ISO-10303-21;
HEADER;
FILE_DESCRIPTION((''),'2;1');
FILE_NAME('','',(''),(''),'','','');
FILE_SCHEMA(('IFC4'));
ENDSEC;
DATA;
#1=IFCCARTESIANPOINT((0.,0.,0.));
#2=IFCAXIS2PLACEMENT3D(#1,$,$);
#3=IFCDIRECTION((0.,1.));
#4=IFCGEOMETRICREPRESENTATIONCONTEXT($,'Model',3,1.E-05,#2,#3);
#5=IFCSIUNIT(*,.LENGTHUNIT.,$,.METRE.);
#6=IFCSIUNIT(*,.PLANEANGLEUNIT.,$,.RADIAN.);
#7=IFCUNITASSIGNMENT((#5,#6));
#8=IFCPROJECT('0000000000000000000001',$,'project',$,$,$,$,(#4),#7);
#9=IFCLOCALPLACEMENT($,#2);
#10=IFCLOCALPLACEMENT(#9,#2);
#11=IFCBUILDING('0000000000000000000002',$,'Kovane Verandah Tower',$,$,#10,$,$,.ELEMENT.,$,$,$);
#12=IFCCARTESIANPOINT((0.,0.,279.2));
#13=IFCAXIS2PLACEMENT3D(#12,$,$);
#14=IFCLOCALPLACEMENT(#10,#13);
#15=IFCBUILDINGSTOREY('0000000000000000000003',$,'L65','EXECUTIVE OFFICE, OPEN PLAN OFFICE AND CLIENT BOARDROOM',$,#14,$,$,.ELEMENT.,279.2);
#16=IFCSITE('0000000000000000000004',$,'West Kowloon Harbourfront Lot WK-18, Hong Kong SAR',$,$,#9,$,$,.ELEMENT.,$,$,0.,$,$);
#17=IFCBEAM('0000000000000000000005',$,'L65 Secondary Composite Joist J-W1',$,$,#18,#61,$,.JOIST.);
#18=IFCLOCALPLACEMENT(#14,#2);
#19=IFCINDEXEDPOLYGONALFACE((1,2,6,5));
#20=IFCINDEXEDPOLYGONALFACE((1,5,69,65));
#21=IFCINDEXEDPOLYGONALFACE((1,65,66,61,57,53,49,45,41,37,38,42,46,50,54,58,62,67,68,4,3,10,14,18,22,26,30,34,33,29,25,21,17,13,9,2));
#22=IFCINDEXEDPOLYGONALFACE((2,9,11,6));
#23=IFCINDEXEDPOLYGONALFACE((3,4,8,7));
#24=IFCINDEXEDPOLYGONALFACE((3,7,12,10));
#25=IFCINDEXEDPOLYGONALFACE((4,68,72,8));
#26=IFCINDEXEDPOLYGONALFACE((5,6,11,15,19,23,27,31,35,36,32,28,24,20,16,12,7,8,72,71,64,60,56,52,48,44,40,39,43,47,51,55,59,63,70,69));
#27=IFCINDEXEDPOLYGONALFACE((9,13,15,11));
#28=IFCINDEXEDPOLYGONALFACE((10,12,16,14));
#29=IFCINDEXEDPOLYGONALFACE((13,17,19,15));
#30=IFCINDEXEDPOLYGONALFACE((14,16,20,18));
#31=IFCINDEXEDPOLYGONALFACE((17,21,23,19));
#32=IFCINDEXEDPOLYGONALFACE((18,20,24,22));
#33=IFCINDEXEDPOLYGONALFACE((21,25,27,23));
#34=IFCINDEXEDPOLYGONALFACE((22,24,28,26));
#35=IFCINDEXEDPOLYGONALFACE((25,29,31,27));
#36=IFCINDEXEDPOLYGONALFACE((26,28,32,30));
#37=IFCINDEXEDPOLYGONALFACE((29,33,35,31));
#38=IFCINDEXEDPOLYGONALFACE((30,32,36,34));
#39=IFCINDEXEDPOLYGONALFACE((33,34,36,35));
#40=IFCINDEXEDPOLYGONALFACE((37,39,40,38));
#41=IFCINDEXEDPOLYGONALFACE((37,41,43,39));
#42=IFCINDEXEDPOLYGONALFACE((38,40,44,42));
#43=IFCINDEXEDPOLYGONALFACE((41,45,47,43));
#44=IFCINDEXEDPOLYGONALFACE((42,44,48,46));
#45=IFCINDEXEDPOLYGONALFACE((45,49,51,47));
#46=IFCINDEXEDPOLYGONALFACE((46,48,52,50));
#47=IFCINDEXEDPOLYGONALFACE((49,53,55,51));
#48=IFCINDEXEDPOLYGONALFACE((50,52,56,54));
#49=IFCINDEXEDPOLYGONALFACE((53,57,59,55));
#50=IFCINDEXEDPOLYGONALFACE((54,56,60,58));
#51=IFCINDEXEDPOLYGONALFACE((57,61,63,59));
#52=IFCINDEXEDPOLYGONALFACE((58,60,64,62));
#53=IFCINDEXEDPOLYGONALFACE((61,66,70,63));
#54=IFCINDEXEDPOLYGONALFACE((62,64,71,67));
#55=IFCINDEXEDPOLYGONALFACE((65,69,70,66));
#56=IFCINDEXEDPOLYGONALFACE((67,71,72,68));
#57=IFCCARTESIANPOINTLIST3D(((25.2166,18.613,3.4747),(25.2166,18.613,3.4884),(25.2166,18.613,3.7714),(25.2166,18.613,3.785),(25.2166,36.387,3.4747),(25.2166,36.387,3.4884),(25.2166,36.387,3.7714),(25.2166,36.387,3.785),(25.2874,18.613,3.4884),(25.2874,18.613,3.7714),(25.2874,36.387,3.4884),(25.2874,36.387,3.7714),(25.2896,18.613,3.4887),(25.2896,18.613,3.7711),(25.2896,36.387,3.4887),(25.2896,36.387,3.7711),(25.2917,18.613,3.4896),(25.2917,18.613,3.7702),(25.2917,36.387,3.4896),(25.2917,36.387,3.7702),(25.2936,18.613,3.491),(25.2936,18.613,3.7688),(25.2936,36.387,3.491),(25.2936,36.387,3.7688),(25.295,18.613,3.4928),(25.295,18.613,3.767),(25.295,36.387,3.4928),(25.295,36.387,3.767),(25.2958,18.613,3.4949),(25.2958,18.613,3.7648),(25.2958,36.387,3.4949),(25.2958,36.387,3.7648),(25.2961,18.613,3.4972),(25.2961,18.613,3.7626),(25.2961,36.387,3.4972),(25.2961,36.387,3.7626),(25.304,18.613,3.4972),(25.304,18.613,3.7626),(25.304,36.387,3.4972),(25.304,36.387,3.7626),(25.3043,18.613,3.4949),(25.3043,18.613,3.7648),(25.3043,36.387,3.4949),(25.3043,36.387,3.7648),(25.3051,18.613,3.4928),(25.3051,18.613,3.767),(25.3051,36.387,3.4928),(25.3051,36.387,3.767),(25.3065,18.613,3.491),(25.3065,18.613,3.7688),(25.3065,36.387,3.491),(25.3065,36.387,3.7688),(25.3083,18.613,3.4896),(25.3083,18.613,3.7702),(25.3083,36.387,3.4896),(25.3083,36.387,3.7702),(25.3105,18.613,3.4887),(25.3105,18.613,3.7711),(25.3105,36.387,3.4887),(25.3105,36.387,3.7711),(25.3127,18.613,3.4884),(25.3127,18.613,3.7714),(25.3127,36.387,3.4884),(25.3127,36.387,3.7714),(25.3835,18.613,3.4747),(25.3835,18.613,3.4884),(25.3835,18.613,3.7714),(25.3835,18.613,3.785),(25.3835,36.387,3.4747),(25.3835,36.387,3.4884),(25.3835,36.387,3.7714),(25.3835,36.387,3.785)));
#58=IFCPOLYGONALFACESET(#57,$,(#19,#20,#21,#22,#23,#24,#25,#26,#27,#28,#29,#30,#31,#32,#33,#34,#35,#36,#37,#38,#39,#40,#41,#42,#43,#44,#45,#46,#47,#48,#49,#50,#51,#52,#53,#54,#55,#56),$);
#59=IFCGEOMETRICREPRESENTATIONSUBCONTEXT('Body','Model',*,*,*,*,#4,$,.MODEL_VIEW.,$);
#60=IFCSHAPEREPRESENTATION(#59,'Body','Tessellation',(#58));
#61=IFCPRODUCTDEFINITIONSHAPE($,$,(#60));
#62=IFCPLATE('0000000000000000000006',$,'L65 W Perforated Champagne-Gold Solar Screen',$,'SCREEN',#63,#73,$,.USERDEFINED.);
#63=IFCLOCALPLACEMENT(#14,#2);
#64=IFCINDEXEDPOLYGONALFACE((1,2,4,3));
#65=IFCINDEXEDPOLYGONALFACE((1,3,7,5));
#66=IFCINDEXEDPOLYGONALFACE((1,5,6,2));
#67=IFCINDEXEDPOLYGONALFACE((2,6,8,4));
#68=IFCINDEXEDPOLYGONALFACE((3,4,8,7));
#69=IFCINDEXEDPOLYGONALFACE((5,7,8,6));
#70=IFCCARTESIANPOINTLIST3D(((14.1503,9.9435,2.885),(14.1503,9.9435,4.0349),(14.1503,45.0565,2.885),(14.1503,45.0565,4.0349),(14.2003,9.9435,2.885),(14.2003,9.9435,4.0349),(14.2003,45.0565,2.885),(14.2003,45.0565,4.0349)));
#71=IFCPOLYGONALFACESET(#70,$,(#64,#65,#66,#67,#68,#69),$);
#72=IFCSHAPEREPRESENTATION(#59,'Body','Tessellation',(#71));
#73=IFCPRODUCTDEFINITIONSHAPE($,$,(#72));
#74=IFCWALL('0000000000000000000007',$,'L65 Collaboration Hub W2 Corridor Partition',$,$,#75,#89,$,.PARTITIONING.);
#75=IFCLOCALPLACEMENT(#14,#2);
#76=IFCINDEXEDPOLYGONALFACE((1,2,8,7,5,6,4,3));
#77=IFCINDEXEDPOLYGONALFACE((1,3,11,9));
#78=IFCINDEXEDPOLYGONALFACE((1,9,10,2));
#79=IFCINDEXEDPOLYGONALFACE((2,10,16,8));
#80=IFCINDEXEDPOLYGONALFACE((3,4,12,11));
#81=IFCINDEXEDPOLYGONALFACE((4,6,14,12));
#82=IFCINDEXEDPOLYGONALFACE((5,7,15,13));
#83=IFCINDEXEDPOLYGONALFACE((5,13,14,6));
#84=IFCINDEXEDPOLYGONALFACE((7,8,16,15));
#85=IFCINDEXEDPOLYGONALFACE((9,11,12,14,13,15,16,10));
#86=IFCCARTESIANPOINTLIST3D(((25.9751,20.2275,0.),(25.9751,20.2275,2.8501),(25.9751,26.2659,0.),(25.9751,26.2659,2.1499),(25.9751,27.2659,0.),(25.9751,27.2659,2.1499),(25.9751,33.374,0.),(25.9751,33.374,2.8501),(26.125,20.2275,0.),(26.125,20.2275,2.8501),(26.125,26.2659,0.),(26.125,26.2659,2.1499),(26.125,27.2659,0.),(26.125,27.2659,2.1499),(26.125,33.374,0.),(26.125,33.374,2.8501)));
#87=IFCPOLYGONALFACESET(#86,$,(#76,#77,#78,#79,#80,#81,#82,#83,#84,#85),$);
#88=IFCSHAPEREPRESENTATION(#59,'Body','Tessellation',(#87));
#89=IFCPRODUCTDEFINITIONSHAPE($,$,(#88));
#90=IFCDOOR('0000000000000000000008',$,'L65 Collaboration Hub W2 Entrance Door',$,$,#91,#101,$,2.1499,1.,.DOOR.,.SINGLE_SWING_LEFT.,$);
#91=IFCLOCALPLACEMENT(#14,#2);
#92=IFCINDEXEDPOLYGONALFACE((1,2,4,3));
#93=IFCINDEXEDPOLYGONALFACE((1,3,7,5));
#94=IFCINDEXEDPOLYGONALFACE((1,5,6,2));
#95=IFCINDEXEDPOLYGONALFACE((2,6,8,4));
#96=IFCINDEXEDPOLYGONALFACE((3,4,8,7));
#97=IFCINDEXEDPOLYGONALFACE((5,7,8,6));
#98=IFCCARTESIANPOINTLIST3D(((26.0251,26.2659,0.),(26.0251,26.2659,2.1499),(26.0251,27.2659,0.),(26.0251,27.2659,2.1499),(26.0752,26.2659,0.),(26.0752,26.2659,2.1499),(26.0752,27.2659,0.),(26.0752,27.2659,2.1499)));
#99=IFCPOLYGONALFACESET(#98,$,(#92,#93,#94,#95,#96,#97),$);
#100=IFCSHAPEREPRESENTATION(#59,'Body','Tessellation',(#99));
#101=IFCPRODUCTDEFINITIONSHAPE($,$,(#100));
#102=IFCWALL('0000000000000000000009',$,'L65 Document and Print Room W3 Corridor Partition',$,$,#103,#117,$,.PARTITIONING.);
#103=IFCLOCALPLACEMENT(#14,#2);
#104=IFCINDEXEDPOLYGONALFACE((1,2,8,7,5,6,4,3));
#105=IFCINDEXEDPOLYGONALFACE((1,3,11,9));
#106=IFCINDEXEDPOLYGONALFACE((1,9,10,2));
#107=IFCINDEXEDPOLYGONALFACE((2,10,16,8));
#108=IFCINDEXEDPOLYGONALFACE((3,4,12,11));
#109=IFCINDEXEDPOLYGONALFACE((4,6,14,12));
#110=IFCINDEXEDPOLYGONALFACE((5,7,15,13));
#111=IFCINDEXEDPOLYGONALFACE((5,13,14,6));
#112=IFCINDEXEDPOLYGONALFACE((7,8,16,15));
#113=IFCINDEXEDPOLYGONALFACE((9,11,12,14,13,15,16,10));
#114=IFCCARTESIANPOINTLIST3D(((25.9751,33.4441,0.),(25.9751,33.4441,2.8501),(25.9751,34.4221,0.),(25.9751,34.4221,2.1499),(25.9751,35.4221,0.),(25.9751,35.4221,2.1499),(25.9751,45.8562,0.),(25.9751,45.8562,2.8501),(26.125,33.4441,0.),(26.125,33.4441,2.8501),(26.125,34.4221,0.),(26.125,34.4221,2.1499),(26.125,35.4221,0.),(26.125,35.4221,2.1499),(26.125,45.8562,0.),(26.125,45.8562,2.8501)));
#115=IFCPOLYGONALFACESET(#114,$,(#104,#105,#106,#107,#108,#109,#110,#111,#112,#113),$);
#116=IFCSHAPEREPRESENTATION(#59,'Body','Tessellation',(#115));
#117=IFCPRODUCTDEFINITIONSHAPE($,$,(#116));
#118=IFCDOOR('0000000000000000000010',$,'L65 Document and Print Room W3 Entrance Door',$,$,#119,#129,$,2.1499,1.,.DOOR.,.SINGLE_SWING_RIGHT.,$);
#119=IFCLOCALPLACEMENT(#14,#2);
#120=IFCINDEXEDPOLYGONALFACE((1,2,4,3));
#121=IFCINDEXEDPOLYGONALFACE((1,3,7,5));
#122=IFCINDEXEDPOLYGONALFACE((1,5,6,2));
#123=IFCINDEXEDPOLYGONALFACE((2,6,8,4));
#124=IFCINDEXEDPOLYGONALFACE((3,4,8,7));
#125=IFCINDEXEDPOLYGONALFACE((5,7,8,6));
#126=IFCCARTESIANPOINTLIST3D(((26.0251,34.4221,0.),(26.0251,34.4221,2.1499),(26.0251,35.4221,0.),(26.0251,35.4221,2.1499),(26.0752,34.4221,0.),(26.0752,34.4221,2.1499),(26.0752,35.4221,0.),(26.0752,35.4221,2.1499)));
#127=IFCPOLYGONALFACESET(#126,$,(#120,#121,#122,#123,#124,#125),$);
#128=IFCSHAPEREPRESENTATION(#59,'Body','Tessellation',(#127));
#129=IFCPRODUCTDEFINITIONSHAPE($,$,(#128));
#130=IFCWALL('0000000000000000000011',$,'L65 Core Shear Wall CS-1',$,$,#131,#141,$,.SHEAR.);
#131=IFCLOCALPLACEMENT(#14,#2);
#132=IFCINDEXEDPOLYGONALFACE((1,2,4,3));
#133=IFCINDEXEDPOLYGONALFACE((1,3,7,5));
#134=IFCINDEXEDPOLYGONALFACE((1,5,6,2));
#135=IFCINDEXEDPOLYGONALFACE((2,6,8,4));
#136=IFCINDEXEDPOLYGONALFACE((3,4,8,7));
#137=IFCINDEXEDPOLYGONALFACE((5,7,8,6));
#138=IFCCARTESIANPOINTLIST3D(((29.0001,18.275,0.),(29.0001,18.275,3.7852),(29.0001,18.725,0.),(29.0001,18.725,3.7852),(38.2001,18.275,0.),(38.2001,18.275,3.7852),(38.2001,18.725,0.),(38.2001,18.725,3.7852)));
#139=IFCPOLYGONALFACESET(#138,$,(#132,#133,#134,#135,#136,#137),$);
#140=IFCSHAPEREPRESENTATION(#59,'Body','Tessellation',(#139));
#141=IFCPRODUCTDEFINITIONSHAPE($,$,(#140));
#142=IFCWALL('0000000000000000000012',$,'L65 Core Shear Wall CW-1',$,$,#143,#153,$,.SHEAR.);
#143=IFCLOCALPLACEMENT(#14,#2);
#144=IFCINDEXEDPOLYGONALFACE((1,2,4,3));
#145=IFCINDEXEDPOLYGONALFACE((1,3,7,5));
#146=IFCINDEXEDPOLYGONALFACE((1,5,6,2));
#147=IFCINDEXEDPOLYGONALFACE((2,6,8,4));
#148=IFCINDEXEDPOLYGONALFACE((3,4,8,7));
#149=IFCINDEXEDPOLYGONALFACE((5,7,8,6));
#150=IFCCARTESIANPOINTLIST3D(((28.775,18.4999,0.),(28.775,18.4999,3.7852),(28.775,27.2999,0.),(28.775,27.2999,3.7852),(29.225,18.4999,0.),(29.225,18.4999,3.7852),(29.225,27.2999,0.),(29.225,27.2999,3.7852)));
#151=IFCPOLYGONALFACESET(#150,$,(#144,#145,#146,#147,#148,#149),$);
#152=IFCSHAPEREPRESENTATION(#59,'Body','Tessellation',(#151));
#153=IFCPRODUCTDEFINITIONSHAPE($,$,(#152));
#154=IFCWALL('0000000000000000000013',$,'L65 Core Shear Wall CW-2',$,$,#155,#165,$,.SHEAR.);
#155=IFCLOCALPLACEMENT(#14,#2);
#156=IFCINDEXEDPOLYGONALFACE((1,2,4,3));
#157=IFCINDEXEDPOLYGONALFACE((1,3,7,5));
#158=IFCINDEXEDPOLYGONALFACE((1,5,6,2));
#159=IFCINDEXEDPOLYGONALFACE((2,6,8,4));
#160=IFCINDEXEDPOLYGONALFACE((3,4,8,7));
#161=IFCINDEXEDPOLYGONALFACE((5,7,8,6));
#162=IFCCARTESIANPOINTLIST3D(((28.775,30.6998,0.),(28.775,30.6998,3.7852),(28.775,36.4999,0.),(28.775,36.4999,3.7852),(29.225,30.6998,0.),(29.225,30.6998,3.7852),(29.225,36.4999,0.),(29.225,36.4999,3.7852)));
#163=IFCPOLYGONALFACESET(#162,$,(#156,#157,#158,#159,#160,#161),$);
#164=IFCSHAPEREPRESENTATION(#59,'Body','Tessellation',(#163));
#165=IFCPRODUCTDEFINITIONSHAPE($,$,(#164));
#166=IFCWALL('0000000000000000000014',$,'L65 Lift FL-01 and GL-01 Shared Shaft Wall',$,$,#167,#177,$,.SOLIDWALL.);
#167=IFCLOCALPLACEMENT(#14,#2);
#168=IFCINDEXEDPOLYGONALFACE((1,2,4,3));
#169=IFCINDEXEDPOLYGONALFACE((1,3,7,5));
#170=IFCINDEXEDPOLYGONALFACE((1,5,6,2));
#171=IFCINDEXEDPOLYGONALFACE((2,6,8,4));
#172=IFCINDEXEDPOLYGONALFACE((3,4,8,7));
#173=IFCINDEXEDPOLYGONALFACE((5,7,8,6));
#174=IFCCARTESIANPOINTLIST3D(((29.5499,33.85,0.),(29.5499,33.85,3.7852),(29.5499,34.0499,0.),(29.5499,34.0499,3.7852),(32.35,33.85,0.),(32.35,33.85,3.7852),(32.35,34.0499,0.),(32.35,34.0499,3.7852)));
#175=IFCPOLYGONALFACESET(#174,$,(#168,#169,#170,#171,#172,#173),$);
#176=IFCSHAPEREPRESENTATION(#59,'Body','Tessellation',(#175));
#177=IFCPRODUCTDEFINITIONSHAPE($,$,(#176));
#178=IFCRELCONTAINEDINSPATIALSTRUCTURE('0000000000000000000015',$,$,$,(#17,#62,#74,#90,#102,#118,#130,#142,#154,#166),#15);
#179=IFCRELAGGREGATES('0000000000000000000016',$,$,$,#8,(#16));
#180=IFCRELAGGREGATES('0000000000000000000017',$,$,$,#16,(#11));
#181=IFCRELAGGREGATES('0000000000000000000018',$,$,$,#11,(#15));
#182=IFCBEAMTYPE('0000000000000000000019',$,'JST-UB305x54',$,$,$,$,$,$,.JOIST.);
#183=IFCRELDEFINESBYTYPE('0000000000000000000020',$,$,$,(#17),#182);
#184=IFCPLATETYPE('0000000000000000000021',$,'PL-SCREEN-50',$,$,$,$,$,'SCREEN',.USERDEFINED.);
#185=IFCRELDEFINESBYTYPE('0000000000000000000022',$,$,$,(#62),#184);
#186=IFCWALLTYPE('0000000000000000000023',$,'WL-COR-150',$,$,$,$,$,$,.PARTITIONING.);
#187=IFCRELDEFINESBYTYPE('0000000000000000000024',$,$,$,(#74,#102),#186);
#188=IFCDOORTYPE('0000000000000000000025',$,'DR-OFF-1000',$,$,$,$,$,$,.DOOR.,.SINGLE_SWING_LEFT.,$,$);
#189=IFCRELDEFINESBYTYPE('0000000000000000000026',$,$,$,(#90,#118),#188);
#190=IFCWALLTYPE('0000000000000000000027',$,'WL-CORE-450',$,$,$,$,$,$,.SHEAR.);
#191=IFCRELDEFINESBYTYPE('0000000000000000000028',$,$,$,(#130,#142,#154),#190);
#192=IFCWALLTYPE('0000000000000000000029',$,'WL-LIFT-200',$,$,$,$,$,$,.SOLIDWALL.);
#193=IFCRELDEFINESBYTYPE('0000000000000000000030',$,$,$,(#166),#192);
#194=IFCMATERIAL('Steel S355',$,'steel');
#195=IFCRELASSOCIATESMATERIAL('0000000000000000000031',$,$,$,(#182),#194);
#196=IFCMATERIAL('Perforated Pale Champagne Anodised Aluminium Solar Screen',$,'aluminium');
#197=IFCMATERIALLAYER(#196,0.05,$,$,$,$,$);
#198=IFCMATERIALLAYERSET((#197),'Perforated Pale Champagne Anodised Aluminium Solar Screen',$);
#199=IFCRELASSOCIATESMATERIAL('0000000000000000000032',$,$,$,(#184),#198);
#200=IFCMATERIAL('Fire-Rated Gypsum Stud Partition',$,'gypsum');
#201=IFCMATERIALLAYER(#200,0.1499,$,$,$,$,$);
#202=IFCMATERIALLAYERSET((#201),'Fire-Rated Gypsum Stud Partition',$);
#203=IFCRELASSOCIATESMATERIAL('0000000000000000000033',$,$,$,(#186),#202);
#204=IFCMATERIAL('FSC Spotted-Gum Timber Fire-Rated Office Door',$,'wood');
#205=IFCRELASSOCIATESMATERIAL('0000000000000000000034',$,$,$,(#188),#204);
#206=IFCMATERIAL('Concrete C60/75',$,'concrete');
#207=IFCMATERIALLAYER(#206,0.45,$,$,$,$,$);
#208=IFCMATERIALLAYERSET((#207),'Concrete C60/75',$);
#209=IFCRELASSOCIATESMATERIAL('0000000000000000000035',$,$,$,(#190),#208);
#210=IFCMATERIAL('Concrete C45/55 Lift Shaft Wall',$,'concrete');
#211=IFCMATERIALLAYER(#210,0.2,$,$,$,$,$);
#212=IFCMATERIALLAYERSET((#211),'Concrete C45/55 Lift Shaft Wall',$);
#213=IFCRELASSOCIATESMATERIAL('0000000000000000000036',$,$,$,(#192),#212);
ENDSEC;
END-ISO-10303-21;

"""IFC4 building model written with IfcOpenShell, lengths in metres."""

from ifc_helpers import new_model, si_unit, direction, frame, frame_2d, origin, origin_2d, place, context, subcontext, project, spatial, rectangle, i_section, extrude, material, layer, layer_set, material_profile, profile_set, type_object, element, fill, save


model = new_model("IFC4")

# Units and contexts
model_context = context("Model", 3, precision=1e-05, world=origin(), true_north=direction((0.0, 1.0)))
body_context = subcontext(model_context, "Body", "Model", "MODEL_VIEW")
ifc_project = project(units=[si_unit("LENGTHUNIT", "METRE"), si_unit("PLANEANGLEUNIT", "RADIAN")], contexts=[model_context])

# Site, building, storey
site_placement = place(None, origin())
site = spatial("IfcSite", under=ifc_project, at=site_placement, Name="West Kowloon Harbourfront Lot WK-18, Hong Kong SAR", CompositionType="ELEMENT", RefElevation=0.0)
building_placement = place(site_placement, origin())
building = spatial("IfcBuilding", under=site, at=building_placement, Name="Kovane Verandah Tower", CompositionType="ELEMENT")
storey_placement = place(building_placement, frame((0.0, 0.0, 279.2)))
storey = spatial("IfcBuildingStorey", under=building, at=storey_placement, Name="L65", Description="EXECUTIVE OFFICE, OPEN PLAN OFFICE AND CLIENT BOARDROOM", CompositionType="ELEMENT", Elevation=279.2)

# Beam
ifc_material_1 = material(Name="Concrete C60/75", Category="concrete")
ifc_material_2 = material(Name="Steel S355", Category="steel")
ifc_material_profile_1 = material_profile(ifc_material_2, i_section(OverallWidth=0.167, OverallDepth=0.3103, WebThickness=0.0078, FlangeThickness=0.0137, FilletRadius=0.0088, at=origin_2d()), Name="UB305x165x54")
ifc_profile_set_1 = profile_set([ifc_material_profile_1], Name="Steel S355")
beam_type_1 = type_object("IfcBeamType", Name="JST-UB305x54", PredefinedType="JOIST", material=ifc_profile_set_1)
beam_1_placement = place(storey_placement, frame((25.3, 18.613, 3.6299), z_axis=(0.0, 1.0, 0.0), x_axis=(-1.0, 0.0, 0.0)))
element("IfcBeam", 1, at=beam_1_placement, inside=storey, type_object=beam_type_1, Name="L65 Secondary Composite Joist J-W1", PredefinedType="JOIST", context=body_context, shape_type="SweptSolid", body=[
    extrude(i_section(OverallWidth=0.167, OverallDepth=0.3103, WebThickness=0.0078, FlangeThickness=0.0137, FilletRadius=0.0088, at=origin_2d()), origin(), (0.0, 0.0, 1.0), 17.7739),
])

# Plate
ifc_material_3 = material(Name="Perforated Pale Champagne Anodised Aluminium Solar Screen", Category="aluminium")
ifc_layer_1 = layer(ifc_material_3, 0.05)
ifc_layer_set_1 = layer_set([ifc_layer_1], Name="Perforated Pale Champagne Anodised Aluminium Solar Screen")
plate_type = type_object("IfcPlateType", Name="PL-SCREEN-50", ElementType="SCREEN", PredefinedType="USERDEFINED", material=ifc_layer_set_1)
plate_placement = place(storey_placement, frame((14.1753, 27.5, 2.885), z_axis=(0.0, 0.0, 1.0), x_axis=(0.0, -1.0, 0.0)))
element("IfcPlate", 2, at=plate_placement, inside=storey, type_object=plate_type, Name="L65 W Perforated Champagne-Gold Solar Screen", ObjectType="SCREEN", PredefinedType="USERDEFINED", context=body_context, shape_type="SweptSolid", body=[
    extrude(rectangle(XDim=35.113, YDim=0.05, at=origin_2d()), origin(), (0.0, 0.0, 1.0), 1.1499),
])

# Walls, openings, doors
ifc_material_4 = material(Name="Fire-Rated Gypsum Stud Partition", Category="gypsum")
ifc_layer_2 = layer(ifc_material_4, 0.1499)
ifc_layer_set_2 = layer_set([ifc_layer_2], Name="Fire-Rated Gypsum Stud Partition")
wall_type_1 = type_object("IfcWallType", Name="WL-COR-150", PredefinedType="PARTITIONING", material=ifc_layer_set_2)
wall_1_placement = place(storey_placement, frame((26.05, 20.2275, 0.0), z_axis=(0.0, 0.0, 1.0), x_axis=(0.0, 1.0, 0.0)))
wall_1 = element("IfcWall", 3, at=wall_1_placement, inside=storey, type_object=wall_type_1, Name="L65 Collaboration Hub W2 Corridor Partition", PredefinedType="PARTITIONING", context=body_context, shape_type="SweptSolid", body=[
    extrude(rectangle(XDim=13.1465, YDim=0.1499, at=frame_2d((6.5732, 0.0))), origin(), (0.0, 0.0, 1.0), 2.8501),
])
opening_1_placement = place(wall_1_placement, frame((6.0383, 0.0, 0.0)))
opening_1 = element("IfcOpeningElement", 4, at=opening_1_placement, cuts=wall_1, PredefinedType="OPENING", context=body_context, shape_type="SweptSolid", body=[
    extrude(rectangle(XDim=1.0, YDim=2.1499, at=frame_2d((0.5, 1.075))), frame((0.0, 0.075, 0.0), z_axis=(0.0, -1.0, 0.0), x_axis=(1.0, 0.0, 0.0)), (0.0, 0.0, 1.0), 0.1499),
])
ifc_material_5 = material(Name="FSC Spotted-Gum Timber Fire-Rated Office Door", Category="wood")
door_type_1 = type_object("IfcDoorType", Name="DR-OFF-1000", OperationType="SINGLE_SWING_LEFT", PredefinedType="DOOR", material=ifc_material_5)
door_1_placement = place(opening_1_placement, origin())
door_1 = element("IfcDoor", 5, at=door_1_placement, inside=storey, type_object=door_type_1, Name="L65 Collaboration Hub W2 Entrance Door", OperationType="SINGLE_SWING_LEFT", OverallHeight=2.1499, OverallWidth=1.0, PredefinedType="DOOR", context=body_context, shape_type="SweptSolid", body=[
    extrude(rectangle(XDim=1.0, YDim=2.1499, at=frame_2d((0.5, 1.075))), frame((0.0, 0.0249, 0.0), z_axis=(0.0, -1.0, 0.0), x_axis=(1.0, 0.0, 0.0)), (0.0, 0.0, 1.0), 0.05),
])
fill(opening_1, door_1)
wall_2_placement = place(storey_placement, frame((26.05, 33.4441, 0.0), z_axis=(0.0, 0.0, 1.0), x_axis=(0.0, 1.0, 0.0)))
wall_2 = element("IfcWall", 6, at=wall_2_placement, inside=storey, type_object=wall_type_1, Name="L65 Document and Print Room W3 Corridor Partition", PredefinedType="PARTITIONING", context=body_context, shape_type="SweptSolid", body=[
    extrude(rectangle(XDim=12.4121, YDim=0.1499, at=frame_2d((6.2061, 0.0))), origin(), (0.0, 0.0, 1.0), 2.8501),
])
opening_2_placement = place(wall_2_placement, frame((0.978, 0.0, 0.0)))
opening_2 = element("IfcOpeningElement", 7, at=opening_2_placement, cuts=wall_2, PredefinedType="OPENING", context=body_context, shape_type="SweptSolid", body=[
    extrude(rectangle(XDim=1.0, YDim=2.1499, at=frame_2d((0.5, 1.075))), frame((0.0, 0.075, 0.0), z_axis=(0.0, -1.0, 0.0), x_axis=(1.0, 0.0, 0.0)), (0.0, 0.0, 1.0), 0.1499),
])
door_2_placement = place(opening_2_placement, origin())
door_2 = element("IfcDoor", 8, at=door_2_placement, inside=storey, type_object=door_type_1, Name="L65 Document and Print Room W3 Entrance Door", OperationType="SINGLE_SWING_RIGHT", OverallHeight=2.1499, OverallWidth=1.0, PredefinedType="DOOR", context=body_context, shape_type="SweptSolid", body=[
    extrude(rectangle(XDim=1.0, YDim=2.1499, at=frame_2d((0.5, 1.075))), frame((0.0, 0.0249, 0.0), z_axis=(0.0, -1.0, 0.0), x_axis=(1.0, 0.0, 0.0)), (0.0, 0.0, 1.0), 0.05),
])
fill(opening_2, door_2)

# Walls
ifc_layer_3 = layer(ifc_material_1, 0.45)
ifc_layer_set_3 = layer_set([ifc_layer_3], Name="Concrete C60/75")
wall_type_2 = type_object("IfcWallType", Name="WL-CORE-450", PredefinedType="SHEAR", material=ifc_layer_set_3)
wall_3_placement = place(storey_placement, frame((29.0, 18.5, 0.0), z_axis=(0.0, 0.0, 1.0), x_axis=(1.0, 0.0, 0.0)))
element("IfcWall", 9, at=wall_3_placement, inside=storey, type_object=wall_type_2, Name="L65 Core Shear Wall CS-1", PredefinedType="SHEAR", context=body_context, shape_type="SweptSolid", body=[
    extrude(rectangle(XDim=9.2, YDim=0.45, at=frame_2d((4.6001, 0.0))), origin(), (0.0, 0.0, 1.0), 3.7852),
])
wall_4_placement = place(storey_placement, frame((29.0, 18.5, 0.0), z_axis=(0.0, 0.0, 1.0), x_axis=(0.0, 1.0, 0.0)))
element("IfcWall", 10, at=wall_4_placement, inside=storey, type_object=wall_type_2, Name="L65 Core Shear Wall CW-1", PredefinedType="SHEAR", context=body_context, shape_type="SweptSolid", body=[
    extrude(rectangle(XDim=8.8, YDim=0.45, at=frame_2d((4.3999, 0.0))), origin(), (0.0, 0.0, 1.0), 3.7852),
])
wall_5_placement = place(storey_placement, frame((29.0, 30.7, 0.0), z_axis=(0.0, 0.0, 1.0), x_axis=(0.0, 1.0, 0.0)))
element("IfcWall", 11, at=wall_5_placement, inside=storey, type_object=wall_type_2, Name="L65 Core Shear Wall CW-2", PredefinedType="SHEAR", context=body_context, shape_type="SweptSolid", body=[
    extrude(rectangle(XDim=5.8, YDim=0.45, at=frame_2d((2.8999, 0.0))), origin(), (0.0, 0.0, 1.0), 3.7852),
])

# Shared definitions
ifc_material_6 = material(Name="Concrete C45/55 Lift Shaft Wall", Category="concrete")
ifc_layer_4 = layer(ifc_material_6, 0.2)
ifc_layer_set_4 = layer_set([ifc_layer_4], Name="Concrete C45/55 Lift Shaft Wall")
wall_type_3 = type_object("IfcWallType", Name="WL-LIFT-200", PredefinedType="SOLIDWALL", material=ifc_layer_set_4)

# Wall
wall_6_placement = place(storey_placement, frame((29.55, 33.95, 0.0), z_axis=(0.0, 0.0, 1.0), x_axis=(1.0, 0.0, 0.0)))
element("IfcWall", 12, at=wall_6_placement, inside=storey, type_object=wall_type_3, Name="L65 Lift FL-01 and GL-01 Shared Shaft Wall", PredefinedType="SOLIDWALL", context=body_context, shape_type="SweptSolid", body=[
    extrude(rectangle(XDim=2.8, YDim=0.2, at=frame_2d((1.3999, 0.0))), origin(), (0.0, 0.0, 1.0), 3.7852),
])

save(model, "model.ifc")
